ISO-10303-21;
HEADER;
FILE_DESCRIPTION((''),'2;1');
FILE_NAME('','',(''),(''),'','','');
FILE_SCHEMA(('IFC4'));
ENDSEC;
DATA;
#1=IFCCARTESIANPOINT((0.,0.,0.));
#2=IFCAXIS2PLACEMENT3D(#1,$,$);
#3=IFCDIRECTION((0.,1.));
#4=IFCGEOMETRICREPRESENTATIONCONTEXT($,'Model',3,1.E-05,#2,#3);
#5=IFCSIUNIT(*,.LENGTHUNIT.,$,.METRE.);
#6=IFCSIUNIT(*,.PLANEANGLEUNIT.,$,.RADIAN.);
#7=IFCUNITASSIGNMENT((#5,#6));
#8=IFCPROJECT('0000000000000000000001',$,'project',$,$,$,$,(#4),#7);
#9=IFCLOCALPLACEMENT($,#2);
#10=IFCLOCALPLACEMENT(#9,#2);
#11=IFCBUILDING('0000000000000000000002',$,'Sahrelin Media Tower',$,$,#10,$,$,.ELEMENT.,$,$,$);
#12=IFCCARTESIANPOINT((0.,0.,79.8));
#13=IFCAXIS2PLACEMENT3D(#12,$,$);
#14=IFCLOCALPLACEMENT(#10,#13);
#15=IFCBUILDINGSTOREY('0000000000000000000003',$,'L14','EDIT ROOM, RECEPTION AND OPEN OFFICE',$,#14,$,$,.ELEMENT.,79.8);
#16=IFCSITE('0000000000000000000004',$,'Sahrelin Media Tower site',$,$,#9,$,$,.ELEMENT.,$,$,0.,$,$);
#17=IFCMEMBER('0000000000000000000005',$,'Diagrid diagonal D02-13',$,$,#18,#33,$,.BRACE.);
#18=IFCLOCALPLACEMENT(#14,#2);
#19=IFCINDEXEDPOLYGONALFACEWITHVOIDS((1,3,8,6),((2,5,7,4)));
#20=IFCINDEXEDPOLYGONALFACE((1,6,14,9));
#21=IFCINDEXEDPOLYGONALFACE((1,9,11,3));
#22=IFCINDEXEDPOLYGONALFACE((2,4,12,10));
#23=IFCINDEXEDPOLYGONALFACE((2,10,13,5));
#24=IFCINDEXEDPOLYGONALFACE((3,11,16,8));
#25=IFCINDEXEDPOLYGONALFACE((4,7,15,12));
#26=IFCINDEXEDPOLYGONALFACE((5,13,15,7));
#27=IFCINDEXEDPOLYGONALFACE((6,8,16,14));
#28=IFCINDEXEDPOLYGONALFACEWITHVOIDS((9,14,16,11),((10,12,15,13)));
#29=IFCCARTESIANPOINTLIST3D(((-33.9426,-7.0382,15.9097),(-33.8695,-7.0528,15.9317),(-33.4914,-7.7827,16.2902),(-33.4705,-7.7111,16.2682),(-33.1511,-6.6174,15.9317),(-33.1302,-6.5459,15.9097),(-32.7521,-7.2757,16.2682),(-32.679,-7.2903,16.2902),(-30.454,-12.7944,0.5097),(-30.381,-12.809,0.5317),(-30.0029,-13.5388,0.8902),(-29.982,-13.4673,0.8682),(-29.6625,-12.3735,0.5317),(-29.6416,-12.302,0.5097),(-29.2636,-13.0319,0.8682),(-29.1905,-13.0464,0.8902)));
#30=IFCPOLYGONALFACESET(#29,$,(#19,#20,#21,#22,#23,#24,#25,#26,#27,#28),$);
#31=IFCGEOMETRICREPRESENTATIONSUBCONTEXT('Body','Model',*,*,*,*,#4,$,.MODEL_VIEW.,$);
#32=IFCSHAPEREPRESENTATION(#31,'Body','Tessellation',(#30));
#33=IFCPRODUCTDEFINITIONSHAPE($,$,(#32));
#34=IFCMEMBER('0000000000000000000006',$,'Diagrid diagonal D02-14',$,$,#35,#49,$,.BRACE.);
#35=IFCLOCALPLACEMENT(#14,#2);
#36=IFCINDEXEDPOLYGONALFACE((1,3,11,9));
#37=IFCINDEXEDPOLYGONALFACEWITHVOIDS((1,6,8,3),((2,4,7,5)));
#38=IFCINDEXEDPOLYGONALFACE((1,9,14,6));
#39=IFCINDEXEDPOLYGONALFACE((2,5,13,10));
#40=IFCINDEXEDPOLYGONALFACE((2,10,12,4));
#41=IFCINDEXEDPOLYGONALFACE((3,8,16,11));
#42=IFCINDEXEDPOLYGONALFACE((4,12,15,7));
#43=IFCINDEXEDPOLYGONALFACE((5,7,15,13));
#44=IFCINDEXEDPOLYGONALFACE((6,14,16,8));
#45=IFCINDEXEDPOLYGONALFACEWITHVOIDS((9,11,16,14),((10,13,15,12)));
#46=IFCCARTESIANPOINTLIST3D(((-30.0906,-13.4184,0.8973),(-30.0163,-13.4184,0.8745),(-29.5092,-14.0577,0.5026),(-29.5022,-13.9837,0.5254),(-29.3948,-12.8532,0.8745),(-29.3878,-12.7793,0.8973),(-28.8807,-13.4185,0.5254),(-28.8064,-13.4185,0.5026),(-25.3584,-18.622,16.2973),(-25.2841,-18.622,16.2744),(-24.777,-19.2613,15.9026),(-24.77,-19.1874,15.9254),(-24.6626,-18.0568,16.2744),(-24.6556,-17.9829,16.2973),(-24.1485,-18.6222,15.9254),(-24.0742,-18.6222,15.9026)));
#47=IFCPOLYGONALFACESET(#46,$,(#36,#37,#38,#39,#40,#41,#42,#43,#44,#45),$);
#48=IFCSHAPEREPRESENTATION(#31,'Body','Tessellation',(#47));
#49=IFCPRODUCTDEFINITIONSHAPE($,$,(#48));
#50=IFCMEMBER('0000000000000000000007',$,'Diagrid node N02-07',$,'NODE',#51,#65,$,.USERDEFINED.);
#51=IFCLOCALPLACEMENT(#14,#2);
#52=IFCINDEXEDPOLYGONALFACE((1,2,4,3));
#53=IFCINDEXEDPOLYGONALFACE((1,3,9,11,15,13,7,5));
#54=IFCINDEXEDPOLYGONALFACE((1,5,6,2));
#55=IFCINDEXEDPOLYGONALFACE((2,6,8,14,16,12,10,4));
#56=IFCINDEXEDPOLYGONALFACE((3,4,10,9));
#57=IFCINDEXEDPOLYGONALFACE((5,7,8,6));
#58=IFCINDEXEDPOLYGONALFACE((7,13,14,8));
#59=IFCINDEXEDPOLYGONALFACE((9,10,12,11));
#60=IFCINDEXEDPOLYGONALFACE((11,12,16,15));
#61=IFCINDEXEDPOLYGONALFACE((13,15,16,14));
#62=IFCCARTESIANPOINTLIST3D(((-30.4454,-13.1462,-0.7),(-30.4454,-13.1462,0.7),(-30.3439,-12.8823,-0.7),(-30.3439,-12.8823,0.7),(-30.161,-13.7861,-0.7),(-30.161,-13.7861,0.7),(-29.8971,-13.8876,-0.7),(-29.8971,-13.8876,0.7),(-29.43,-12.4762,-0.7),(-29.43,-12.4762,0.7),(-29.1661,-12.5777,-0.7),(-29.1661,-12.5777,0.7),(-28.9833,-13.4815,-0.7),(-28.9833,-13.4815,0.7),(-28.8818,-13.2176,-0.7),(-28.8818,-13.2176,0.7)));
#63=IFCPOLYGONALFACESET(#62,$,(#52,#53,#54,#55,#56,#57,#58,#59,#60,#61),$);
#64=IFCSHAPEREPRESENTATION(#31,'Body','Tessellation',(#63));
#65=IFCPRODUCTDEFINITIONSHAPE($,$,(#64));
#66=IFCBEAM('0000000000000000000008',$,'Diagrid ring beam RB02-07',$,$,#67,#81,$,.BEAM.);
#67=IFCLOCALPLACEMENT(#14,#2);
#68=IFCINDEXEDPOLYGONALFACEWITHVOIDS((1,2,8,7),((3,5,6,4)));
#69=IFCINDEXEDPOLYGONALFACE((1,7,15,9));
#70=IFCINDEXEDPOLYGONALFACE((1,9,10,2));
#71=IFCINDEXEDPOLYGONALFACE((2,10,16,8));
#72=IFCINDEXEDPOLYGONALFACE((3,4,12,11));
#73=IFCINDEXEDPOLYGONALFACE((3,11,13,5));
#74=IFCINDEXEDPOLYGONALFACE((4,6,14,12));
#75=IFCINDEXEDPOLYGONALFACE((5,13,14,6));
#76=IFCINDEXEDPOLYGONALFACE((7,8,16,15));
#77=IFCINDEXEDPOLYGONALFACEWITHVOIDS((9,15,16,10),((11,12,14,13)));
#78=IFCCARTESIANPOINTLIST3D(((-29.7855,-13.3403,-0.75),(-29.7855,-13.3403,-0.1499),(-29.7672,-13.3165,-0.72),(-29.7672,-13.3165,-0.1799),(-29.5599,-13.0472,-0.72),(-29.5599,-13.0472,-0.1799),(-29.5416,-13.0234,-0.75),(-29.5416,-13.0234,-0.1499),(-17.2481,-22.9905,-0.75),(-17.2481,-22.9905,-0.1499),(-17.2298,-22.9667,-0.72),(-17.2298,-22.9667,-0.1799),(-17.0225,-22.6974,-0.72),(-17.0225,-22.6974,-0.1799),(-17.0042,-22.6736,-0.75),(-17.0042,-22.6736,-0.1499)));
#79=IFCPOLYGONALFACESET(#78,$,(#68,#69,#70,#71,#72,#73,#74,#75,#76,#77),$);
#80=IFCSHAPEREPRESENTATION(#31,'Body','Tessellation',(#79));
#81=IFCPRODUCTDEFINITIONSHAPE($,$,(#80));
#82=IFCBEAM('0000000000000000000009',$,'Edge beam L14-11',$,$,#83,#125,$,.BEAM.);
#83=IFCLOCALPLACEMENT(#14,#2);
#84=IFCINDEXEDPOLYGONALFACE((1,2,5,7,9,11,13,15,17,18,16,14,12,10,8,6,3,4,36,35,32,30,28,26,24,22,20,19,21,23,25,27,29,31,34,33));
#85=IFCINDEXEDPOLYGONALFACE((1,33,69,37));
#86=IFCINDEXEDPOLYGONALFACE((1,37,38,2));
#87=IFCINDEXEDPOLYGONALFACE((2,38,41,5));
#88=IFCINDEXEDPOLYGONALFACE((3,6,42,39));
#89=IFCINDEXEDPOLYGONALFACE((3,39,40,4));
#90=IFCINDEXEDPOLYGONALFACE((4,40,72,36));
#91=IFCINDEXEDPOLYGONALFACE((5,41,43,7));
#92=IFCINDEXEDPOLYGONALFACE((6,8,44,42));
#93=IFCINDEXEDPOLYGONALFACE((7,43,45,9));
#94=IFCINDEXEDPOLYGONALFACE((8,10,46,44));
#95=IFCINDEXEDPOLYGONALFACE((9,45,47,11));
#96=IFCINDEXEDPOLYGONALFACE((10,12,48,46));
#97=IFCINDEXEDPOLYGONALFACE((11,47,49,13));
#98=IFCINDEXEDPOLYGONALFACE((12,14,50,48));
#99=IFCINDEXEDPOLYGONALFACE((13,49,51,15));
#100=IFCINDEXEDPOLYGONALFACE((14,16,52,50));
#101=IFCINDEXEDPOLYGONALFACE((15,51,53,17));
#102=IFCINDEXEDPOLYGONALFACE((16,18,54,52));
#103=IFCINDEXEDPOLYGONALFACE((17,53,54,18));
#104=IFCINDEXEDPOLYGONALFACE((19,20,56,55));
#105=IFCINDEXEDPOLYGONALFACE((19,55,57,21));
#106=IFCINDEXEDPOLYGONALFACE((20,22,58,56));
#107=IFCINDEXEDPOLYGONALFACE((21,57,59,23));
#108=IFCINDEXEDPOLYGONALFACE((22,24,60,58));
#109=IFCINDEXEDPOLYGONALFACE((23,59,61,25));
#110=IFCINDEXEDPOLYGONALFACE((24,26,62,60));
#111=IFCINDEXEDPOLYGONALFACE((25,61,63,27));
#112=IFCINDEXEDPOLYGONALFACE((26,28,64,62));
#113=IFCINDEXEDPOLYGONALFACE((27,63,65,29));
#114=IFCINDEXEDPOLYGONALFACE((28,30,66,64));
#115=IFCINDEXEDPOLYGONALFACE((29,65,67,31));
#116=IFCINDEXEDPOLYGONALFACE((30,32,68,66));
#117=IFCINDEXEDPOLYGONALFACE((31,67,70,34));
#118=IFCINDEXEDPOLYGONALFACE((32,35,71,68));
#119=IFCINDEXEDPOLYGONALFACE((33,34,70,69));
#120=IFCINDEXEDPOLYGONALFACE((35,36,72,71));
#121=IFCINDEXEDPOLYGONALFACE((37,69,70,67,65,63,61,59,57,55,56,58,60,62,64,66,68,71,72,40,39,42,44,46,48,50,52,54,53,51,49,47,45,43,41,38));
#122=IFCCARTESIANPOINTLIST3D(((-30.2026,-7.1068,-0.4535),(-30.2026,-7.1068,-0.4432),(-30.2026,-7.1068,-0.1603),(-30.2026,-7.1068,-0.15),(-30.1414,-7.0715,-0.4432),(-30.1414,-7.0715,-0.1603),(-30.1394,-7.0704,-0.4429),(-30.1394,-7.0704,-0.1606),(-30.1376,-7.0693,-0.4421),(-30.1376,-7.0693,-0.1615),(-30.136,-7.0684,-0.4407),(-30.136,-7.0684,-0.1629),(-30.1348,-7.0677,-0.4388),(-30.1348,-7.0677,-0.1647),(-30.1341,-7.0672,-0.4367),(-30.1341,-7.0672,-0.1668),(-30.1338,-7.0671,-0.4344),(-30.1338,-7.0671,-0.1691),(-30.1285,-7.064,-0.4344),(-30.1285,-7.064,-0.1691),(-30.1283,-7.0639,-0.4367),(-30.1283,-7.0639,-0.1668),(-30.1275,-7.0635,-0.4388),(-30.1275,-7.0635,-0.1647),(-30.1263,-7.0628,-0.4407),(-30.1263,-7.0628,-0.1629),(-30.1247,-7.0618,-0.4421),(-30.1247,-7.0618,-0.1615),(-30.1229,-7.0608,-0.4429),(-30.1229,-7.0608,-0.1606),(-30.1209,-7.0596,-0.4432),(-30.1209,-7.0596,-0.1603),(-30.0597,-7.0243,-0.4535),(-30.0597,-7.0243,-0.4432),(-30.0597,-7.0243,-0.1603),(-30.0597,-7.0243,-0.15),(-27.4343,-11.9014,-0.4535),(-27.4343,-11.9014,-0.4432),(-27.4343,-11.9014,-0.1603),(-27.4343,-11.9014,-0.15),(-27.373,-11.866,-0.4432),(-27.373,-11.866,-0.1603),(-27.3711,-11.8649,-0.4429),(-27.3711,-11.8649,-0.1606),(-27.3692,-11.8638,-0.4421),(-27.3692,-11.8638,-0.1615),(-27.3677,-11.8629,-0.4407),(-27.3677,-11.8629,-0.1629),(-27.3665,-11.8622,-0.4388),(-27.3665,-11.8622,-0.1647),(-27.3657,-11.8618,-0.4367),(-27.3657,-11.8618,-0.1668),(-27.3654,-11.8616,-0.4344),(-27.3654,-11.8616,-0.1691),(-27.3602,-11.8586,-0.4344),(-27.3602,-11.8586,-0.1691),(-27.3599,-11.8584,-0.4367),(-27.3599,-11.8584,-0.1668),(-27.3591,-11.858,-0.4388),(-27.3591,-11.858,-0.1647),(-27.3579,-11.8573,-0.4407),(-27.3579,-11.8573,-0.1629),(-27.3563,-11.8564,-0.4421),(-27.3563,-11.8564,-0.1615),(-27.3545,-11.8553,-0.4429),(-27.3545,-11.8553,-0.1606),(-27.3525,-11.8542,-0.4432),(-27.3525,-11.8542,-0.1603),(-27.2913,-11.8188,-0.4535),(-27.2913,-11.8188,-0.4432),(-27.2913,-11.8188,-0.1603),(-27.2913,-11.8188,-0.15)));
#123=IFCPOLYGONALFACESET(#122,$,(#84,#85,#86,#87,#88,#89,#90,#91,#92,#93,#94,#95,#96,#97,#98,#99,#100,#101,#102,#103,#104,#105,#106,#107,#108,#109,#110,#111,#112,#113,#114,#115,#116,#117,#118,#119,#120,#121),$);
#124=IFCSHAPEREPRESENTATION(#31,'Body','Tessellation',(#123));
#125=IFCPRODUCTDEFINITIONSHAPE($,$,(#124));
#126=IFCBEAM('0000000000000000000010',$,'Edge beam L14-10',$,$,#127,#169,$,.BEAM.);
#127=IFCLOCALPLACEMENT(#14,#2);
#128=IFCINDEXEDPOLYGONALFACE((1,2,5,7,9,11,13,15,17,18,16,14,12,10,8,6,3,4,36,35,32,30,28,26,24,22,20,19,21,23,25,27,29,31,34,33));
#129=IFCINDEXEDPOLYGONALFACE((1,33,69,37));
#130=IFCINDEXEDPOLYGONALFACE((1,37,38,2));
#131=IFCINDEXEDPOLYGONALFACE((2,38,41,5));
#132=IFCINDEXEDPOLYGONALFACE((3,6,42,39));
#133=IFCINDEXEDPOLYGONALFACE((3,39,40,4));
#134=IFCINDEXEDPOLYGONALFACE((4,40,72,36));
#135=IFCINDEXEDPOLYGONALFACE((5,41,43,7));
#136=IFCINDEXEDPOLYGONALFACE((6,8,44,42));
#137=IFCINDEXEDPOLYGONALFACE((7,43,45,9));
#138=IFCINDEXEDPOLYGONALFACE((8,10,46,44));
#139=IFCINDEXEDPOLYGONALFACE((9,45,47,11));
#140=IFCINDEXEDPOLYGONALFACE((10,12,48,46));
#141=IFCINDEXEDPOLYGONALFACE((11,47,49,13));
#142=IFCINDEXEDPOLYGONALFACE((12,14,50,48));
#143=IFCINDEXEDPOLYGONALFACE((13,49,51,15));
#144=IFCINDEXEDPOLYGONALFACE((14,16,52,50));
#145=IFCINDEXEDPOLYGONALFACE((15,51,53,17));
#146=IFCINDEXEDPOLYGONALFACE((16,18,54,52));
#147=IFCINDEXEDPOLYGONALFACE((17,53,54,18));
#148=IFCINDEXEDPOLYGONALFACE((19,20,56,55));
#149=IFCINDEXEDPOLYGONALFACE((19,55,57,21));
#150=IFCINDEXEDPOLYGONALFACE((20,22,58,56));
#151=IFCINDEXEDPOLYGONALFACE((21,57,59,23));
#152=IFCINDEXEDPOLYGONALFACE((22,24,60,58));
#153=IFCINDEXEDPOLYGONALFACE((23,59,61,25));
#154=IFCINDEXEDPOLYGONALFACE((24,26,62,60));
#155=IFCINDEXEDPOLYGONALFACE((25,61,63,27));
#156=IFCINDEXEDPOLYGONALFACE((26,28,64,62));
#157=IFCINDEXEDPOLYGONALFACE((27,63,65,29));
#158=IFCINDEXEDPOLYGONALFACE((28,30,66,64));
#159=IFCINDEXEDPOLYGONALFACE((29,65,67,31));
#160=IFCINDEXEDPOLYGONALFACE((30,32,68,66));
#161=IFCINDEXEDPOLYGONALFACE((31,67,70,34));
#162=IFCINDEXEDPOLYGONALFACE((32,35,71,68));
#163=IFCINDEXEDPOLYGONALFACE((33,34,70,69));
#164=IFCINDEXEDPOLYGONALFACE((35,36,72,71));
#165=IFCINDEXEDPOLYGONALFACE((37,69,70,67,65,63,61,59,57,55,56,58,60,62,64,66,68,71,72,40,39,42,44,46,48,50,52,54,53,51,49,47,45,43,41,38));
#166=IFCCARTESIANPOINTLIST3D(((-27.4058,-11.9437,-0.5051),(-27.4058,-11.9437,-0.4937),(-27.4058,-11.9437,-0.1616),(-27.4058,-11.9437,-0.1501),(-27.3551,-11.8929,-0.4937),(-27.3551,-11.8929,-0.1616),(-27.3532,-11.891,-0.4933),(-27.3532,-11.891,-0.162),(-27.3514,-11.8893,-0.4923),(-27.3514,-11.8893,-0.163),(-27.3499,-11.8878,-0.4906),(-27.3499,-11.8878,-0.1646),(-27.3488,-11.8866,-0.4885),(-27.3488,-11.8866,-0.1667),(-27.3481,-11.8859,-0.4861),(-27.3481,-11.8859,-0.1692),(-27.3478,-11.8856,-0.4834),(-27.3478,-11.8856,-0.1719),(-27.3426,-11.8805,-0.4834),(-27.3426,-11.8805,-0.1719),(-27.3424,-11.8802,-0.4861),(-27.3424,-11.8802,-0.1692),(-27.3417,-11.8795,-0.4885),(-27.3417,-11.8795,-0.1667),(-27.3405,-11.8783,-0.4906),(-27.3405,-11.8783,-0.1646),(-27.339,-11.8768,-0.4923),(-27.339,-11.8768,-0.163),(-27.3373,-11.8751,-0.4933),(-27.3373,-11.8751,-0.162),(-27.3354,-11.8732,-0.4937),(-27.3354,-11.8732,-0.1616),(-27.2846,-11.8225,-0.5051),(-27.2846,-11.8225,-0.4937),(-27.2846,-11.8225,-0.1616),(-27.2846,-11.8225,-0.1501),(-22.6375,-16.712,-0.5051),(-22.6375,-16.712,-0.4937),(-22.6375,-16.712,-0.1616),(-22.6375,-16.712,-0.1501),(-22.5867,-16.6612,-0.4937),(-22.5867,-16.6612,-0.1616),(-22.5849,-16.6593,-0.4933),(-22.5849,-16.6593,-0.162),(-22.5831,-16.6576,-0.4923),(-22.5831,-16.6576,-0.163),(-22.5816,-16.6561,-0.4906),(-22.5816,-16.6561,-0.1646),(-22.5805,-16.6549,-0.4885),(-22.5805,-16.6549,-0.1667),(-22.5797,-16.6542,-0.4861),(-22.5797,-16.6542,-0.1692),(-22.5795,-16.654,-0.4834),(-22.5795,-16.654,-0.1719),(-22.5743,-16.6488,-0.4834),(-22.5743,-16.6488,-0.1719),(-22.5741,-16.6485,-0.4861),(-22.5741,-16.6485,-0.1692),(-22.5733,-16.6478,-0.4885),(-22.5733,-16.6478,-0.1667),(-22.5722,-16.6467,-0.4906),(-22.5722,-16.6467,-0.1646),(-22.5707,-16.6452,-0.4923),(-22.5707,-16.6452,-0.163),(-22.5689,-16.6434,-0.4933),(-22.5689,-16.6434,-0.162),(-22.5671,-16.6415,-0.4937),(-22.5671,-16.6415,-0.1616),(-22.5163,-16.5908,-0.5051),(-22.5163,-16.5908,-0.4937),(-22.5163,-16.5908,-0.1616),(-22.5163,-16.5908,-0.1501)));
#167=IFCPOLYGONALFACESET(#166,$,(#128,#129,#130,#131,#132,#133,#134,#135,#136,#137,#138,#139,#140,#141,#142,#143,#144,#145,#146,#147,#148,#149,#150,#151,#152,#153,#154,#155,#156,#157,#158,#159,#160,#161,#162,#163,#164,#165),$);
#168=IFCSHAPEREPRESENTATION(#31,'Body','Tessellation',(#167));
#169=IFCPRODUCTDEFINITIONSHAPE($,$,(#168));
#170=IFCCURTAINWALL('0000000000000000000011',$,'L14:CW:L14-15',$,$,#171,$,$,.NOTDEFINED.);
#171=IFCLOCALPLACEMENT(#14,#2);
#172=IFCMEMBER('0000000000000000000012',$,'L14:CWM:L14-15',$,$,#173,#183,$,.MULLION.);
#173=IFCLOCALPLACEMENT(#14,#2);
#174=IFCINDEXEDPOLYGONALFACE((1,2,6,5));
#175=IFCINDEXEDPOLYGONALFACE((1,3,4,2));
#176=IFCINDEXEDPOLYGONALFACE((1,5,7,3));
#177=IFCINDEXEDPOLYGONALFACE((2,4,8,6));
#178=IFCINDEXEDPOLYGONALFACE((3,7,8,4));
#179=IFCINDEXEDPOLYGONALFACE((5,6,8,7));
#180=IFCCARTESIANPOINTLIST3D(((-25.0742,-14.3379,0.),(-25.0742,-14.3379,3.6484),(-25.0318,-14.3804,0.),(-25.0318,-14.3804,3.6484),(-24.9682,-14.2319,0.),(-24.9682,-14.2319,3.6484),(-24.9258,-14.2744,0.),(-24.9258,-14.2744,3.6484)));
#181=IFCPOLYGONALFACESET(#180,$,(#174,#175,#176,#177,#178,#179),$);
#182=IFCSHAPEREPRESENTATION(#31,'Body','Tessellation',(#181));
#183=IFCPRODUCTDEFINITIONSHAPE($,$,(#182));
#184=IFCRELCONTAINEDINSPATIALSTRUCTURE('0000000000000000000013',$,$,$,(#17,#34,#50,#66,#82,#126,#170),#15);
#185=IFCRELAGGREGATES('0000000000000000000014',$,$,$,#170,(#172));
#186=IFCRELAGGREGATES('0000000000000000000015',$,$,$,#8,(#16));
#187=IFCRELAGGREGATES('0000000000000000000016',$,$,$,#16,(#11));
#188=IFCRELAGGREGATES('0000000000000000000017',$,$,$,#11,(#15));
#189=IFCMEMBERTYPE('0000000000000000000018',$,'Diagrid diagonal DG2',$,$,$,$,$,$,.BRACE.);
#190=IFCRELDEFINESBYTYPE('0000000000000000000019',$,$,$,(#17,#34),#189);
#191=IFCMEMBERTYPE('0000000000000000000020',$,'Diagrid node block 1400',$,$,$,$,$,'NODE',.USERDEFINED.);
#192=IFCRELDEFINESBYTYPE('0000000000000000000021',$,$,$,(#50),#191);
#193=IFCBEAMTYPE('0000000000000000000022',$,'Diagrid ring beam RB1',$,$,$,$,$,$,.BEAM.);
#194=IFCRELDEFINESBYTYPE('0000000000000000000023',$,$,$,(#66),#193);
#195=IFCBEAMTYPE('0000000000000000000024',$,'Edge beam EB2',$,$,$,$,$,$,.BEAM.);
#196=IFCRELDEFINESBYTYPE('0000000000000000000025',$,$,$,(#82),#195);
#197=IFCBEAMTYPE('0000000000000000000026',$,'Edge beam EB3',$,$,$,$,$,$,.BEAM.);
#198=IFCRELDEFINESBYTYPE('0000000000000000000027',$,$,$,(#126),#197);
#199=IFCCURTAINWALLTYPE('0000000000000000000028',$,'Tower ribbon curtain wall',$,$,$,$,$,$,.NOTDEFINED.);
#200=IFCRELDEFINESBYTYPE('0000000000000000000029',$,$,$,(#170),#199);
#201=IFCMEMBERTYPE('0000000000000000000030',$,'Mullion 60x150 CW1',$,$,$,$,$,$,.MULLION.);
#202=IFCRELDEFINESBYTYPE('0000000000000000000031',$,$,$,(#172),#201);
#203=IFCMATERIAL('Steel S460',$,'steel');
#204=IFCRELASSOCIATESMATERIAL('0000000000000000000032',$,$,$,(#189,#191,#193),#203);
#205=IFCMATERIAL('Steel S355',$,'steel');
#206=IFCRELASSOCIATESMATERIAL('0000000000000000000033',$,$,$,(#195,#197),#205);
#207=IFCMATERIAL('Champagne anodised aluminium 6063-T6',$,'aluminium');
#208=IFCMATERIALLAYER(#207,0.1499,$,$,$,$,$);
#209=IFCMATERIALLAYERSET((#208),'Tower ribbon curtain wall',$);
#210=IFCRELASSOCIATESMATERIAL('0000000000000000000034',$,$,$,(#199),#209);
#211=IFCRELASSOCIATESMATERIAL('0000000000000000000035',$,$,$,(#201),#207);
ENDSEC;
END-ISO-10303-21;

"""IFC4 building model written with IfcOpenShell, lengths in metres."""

from ifc_helpers import new_model, si_unit, direction, frame, origin, origin_2d, place, context, subcontext, project, spatial, polyline, rectangle, hollow_rectangle, i_section, outline, extrude, material, layer, layer_set, material_profile, profile_set, type_object, element, aggregate, save


model = new_model("IFC4")

# Units and contexts
model_context = context("Model", 3, precision=1e-05, world=origin(), true_north=direction((0.0, 1.0)))
body_context = subcontext(model_context, "Body", "Model", "MODEL_VIEW")
ifc_project = project(units=[si_unit("LENGTHUNIT", "METRE"), si_unit("PLANEANGLEUNIT", "RADIAN")], contexts=[model_context])

# Site, building, storey
site_placement = place(None, origin())
site = spatial("IfcSite", under=ifc_project, at=site_placement, Name="Sahrelin Media Tower site", CompositionType="ELEMENT", RefElevation=0.0)
building_placement = place(site_placement, origin())
building = spatial("IfcBuilding", under=site, at=building_placement, Name="Sahrelin Media Tower", CompositionType="ELEMENT")
storey_placement = place(building_placement, frame((0.0, 0.0, 79.8)))
storey = spatial("IfcBuildingStorey", under=building, at=storey_placement, Name="L14", Description="EDIT ROOM, RECEPTION AND OPEN OFFICE", CompositionType="ELEMENT", Elevation=79.8)

# Members
ifc_material_1 = material(Name="Steel S460", Category="steel")
ifc_material_profile_1 = material_profile(ifc_material_1, hollow_rectangle(XDim=0.95, YDim=0.95, WallThickness=0.0549, at=origin_2d()), Name="Diagrid diagonal DG2")
ifc_profile_set_1 = profile_set([ifc_material_profile_1], Name="Steel S460")
member_type_1 = type_object("IfcMemberType", Name="Diagrid diagonal DG2", PredefinedType="BRACE", material=ifc_profile_set_1)
member_1_placement = place(storey_placement, frame((-29.8223, -12.9204, 0.7), z_axis=(-0.20757, 0.342492, 0.916305), x_axis=(-0.855199, -0.518299, 0.0)))
element("IfcMember", 1, at=member_1_placement, inside=storey, type_object=member_type_1, Name="Diagrid diagonal D02-13", PredefinedType="BRACE", context=body_context, shape_type="SweptSolid", body=[
    extrude(hollow_rectangle(XDim=0.95, YDim=0.95, WallThickness=0.0549, at=origin_2d()), origin(), (0.0, 0.0, 1.0), 16.8066),
])
member_2_placement = place(storey_placement, frame((-29.4485, -13.4185, 0.7), z_axis=(0.279513, -0.307359, 0.909617), x_axis=(0.739825, 0.672799, 0.0)))
element("IfcMember", 2, at=member_2_placement, inside=storey, type_object=member_type_1, Name="Diagrid diagonal D02-14", PredefinedType="BRACE", context=body_context, shape_type="SweptSolid", body=[
    extrude(hollow_rectangle(XDim=0.95, YDim=0.95, WallThickness=0.0549, at=origin_2d()), origin(), (0.0, 0.0, 1.0), 16.9302),
])
ifc_material_profile_2 = material_profile(ifc_material_1, outline(polyline([(0.5, -0.55), (0.7, -0.3501), (0.7, 0.3501), (0.5, 0.55), (-0.5, 0.55), (-0.7, 0.3501), (-0.7, -0.3501), (-0.5, -0.55), (0.5, -0.55)])), Name="Diagrid node block 1400")
ifc_profile_set_2 = profile_set([ifc_material_profile_2], Name="Steel S460")
member_type_2 = type_object("IfcMemberType", Name="Diagrid node block 1400", ElementType="NODE", PredefinedType="USERDEFINED", material=ifc_profile_set_2)
member_3_placement = place(storey_placement, frame((-29.6636, -13.1819, -0.7), z_axis=(0.0, 0.0, 1.0), x_axis=(-0.913833, -0.406091, 0.0)))
element("IfcMember", 3, at=member_3_placement, inside=storey, type_object=member_type_2, Name="Diagrid node N02-07", ObjectType="NODE", PredefinedType="USERDEFINED", context=body_context, shape_type="SweptSolid", body=[
    extrude(outline(polyline([(0.5, -0.55), (0.7, -0.3501), (0.7, 0.3501), (0.5, 0.55), (-0.5, 0.55), (-0.7, 0.3501), (-0.7, -0.3501), (-0.5, -0.55), (0.5, -0.55)])), origin(), (0.0, 0.0, 1.0), 1.3999),
])

# Beams
ifc_material_profile_3 = material_profile(ifc_material_1, hollow_rectangle(XDim=0.3999, YDim=0.6001, WallThickness=0.03, at=origin_2d()), Name="Diagrid ring beam RB1")
ifc_profile_set_3 = profile_set([ifc_material_profile_3], Name="Steel S460")
beam_type_1 = type_object("IfcBeamType", Name="Diagrid ring beam RB1", PredefinedType="BEAM", material=ifc_profile_set_3)
beam_1_placement = place(storey_placement, frame((-29.6636, -13.1819, -0.45), z_axis=(0.79244, -0.60995, 0.0), x_axis=(0.60995, 0.79244, 0.0)))
element("IfcBeam", 4, at=beam_1_placement, inside=storey, type_object=beam_type_1, Name="Diagrid ring beam RB02-07", PredefinedType="BEAM", context=body_context, shape_type="SweptSolid", body=[
    extrude(hollow_rectangle(XDim=0.3999, YDim=0.6001, WallThickness=0.03, at=origin_2d()), origin(), (0.0, 0.0, 1.0), 15.8213),
])
ifc_material_2 = material(Name="Steel S355", Category="steel")
ifc_material_profile_4 = material_profile(ifc_material_2, i_section(OverallWidth=0.165, OverallDepth=0.3035, WebThickness=0.0061, FlangeThickness=0.0103, FilletRadius=0.0088, at=origin_2d()), Name="UB 305x165x40")
ifc_profile_set_4 = profile_set([ifc_material_profile_4], Name="Steel S355")
beam_type_2 = type_object("IfcBeamType", Name="Edge beam EB2", PredefinedType="BEAM", material=ifc_profile_set_4)
beam_2_placement = place(storey_placement, frame((-27.3628, -11.8601, -0.3018), z_axis=(-0.500033, 0.866006, 0.0), x_axis=(-0.866006, -0.500033, 0.0)))
element("IfcBeam", 5, at=beam_2_placement, inside=storey, type_object=beam_type_2, Name="Edge beam L14-11", PredefinedType="BEAM", context=body_context, shape_type="SweptSolid", body=[
    extrude(i_section(OverallWidth=0.165, OverallDepth=0.3035, WebThickness=0.0061, FlangeThickness=0.0103, FilletRadius=0.0088, at=origin_2d()), origin(), (0.0, 0.0, 1.0), 5.5364),
])
ifc_material_profile_5 = material_profile(ifc_material_2, i_section(OverallWidth=0.1714, OverallDepth=0.355, WebThickness=0.0073, FlangeThickness=0.0115, FilletRadius=0.0103, at=origin_2d()), Name="UB 356x171x51")
ifc_profile_set_5 = profile_set([ifc_material_profile_5], Name="Steel S355")
beam_type_3 = type_object("IfcBeamType", Name="Edge beam EB3", PredefinedType="BEAM", material=ifc_profile_set_5)
beam_3_placement = place(storey_placement, frame((-22.5769, -16.6514, -0.3276), z_axis=(-0.707107, 0.707107, 0.0), x_axis=(-0.707107, -0.707107, 0.0)))
element("IfcBeam", 6, at=beam_3_placement, inside=storey, type_object=beam_type_3, Name="Edge beam L14-10", PredefinedType="BEAM", context=body_context, shape_type="SweptSolid", body=[
    extrude(i_section(OverallWidth=0.1714, OverallDepth=0.355, WebThickness=0.0073, FlangeThickness=0.0115, FilletRadius=0.0103, at=origin_2d()), origin(), (0.0, 0.0, 1.0), 6.7434),
])

# Curtain wall, member
ifc_material_3 = material(Name="Champagne anodised aluminium 6063-T6", Category="aluminium")
ifc_layer_1 = layer(ifc_material_3, 0.1499)
ifc_layer_set_1 = layer_set([ifc_layer_1], Name="Tower ribbon curtain wall")
curtain_wall_type = type_object("IfcCurtainWallType", Name="Tower ribbon curtain wall", PredefinedType="NOTDEFINED", material=ifc_layer_set_1)
curtain_wall_1_placement = place(storey_placement, frame((-25.0671, -14.3733, 0.0), z_axis=(0.0, 0.0, 1.0), x_axis=(1.0, 0.0, 0.0)))
curtain_wall_1 = element("IfcCurtainWall", 7, at=curtain_wall_1_placement, inside=storey, type_object=curtain_wall_type, Name="L14:CW:L14-15", PredefinedType="NOTDEFINED")
ifc_material_profile_6 = material_profile(ifc_material_3, rectangle(XDim=0.0601, YDim=0.1499, at=origin_2d()), Name="Mullion 60x150")
ifc_profile_set_6 = profile_set([ifc_material_profile_6], Name="Champagne anodised aluminium 6063-T6")
member_type_3 = type_object("IfcMemberType", Name="Mullion 60x150 CW1", PredefinedType="MULLION", material=ifc_profile_set_6)
member_4_placement = place(storey_placement, frame((-25.0, -14.3062, 0.0), z_axis=(0.0, 0.0, 1.0), x_axis=(0.707107, -0.707107, 0.0)))
member_4 = element("IfcMember", 8, at=member_4_placement, type_object=member_type_3, Name="L14:CWM:L14-15", PredefinedType="MULLION", context=body_context, shape_type="SweptSolid", body=[
    extrude(rectangle(XDim=0.0601, YDim=0.1499, at=origin_2d()), origin(), (0.0, 0.0, 1.0), 3.6484),
])

aggregate(curtain_wall_1, [member_4])

save(model, "model.ifc")
